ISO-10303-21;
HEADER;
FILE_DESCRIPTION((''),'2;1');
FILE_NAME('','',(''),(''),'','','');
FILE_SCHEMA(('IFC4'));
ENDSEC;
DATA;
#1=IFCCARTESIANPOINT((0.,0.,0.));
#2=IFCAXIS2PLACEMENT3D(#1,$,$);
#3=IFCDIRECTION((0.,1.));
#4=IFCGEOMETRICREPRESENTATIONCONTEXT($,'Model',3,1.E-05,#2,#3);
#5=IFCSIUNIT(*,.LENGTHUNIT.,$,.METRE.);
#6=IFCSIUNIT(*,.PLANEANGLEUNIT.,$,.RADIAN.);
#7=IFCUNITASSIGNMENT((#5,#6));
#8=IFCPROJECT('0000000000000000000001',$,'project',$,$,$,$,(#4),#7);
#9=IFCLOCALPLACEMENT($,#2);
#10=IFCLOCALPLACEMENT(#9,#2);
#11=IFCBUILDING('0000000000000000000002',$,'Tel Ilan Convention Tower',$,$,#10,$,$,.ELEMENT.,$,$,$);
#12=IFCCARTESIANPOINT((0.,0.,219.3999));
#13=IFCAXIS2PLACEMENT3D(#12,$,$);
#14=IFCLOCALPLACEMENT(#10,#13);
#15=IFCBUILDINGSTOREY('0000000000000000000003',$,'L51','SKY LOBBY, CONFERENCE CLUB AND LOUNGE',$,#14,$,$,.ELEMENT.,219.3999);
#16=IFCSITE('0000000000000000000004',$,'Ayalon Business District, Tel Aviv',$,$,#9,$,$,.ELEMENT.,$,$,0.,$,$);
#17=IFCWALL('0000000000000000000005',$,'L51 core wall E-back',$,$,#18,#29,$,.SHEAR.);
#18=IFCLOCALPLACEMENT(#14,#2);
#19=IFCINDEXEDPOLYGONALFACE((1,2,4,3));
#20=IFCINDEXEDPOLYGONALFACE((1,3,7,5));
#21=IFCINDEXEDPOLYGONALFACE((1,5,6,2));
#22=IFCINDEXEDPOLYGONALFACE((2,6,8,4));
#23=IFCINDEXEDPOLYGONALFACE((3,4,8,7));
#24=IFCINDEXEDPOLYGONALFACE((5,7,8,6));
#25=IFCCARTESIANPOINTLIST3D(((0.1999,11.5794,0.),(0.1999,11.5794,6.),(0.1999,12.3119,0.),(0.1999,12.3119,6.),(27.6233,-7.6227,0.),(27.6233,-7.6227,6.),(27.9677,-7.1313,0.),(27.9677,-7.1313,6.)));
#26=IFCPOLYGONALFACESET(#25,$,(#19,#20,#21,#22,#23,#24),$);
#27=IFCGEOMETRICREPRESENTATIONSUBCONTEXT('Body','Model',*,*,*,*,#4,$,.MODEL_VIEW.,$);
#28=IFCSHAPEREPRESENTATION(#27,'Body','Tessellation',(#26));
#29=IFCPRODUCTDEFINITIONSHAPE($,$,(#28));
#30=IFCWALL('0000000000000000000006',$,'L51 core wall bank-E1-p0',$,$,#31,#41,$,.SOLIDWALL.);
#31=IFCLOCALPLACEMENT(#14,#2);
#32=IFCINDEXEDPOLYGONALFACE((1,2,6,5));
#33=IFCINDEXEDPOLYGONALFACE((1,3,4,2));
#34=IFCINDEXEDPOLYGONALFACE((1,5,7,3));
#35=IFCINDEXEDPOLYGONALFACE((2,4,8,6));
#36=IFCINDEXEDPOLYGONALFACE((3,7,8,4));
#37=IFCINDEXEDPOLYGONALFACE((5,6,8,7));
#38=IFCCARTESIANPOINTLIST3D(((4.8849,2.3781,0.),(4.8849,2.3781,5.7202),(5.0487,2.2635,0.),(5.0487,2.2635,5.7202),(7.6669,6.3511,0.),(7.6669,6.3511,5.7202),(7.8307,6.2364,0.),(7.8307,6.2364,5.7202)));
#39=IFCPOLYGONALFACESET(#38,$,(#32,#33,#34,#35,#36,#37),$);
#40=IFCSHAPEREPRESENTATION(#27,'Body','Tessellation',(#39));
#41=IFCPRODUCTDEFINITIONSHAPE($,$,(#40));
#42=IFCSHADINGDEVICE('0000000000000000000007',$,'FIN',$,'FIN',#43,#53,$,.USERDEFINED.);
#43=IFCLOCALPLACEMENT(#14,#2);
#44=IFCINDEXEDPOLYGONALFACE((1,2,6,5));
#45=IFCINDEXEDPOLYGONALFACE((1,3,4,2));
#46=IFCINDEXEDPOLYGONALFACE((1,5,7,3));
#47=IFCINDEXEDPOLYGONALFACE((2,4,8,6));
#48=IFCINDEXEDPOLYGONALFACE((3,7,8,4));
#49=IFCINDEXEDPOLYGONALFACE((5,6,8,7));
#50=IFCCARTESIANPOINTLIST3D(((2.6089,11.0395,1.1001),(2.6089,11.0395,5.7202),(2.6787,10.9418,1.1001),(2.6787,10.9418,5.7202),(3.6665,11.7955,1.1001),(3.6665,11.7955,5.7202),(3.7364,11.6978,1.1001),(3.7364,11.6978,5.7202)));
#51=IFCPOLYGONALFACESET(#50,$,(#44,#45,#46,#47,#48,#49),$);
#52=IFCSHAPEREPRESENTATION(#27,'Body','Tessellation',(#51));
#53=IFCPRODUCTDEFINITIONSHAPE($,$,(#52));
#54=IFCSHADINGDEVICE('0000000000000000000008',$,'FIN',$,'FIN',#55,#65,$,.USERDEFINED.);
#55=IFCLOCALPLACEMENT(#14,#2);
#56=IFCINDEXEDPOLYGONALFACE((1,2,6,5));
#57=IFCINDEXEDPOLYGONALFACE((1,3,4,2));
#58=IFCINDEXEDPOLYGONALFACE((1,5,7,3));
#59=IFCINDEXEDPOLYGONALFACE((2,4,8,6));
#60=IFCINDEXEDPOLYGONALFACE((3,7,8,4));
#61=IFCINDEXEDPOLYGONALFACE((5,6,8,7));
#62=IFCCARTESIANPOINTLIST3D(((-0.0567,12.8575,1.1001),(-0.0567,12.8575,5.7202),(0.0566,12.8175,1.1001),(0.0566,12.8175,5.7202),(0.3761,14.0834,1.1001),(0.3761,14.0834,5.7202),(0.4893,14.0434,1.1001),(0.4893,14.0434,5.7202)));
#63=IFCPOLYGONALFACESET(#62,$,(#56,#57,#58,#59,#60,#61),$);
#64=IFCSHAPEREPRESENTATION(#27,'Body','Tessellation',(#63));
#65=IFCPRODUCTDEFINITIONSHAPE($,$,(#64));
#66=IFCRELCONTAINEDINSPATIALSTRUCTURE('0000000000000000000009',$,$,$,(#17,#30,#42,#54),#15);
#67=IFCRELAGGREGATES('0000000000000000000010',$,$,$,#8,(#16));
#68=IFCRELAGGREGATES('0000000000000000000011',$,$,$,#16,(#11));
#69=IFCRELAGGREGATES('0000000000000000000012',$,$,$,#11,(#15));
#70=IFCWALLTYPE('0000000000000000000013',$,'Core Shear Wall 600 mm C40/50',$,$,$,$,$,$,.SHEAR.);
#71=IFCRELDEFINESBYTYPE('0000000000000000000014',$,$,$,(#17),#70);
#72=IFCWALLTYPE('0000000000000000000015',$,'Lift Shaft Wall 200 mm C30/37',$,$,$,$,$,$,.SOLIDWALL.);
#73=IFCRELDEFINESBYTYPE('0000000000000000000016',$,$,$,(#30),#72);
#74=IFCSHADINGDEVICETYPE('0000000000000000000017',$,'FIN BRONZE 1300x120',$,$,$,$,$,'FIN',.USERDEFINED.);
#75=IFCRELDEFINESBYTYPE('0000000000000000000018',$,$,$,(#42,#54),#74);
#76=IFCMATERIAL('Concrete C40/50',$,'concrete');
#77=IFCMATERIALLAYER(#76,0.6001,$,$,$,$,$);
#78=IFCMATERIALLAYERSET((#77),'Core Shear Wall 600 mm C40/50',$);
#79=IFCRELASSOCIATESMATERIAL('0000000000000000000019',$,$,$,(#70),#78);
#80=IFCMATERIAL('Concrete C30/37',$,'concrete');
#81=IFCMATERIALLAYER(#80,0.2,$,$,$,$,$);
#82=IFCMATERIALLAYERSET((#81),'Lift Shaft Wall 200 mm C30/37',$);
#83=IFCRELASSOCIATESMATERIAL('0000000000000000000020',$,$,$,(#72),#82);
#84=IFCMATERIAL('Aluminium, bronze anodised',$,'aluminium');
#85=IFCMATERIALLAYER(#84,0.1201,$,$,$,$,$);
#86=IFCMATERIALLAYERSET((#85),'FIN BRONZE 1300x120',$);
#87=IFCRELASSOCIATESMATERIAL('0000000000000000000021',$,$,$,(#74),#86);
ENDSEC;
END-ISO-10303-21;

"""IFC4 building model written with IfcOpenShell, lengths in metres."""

from ifc_helpers import new_model, si_unit, direction, frame, frame_2d, origin, origin_2d, place, context, subcontext, project, spatial, polyline, rectangle, outline, extrude, material, layer, layer_set, type_object, element, save


model = new_model("IFC4")

# Units and contexts
model_context = context("Model", 3, precision=1e-05, world=origin(), true_north=direction((0.0, 1.0)))
body_context = subcontext(model_context, "Body", "Model", "MODEL_VIEW")
ifc_project = project(units=[si_unit("LENGTHUNIT", "METRE"), si_unit("PLANEANGLEUNIT", "RADIAN")], contexts=[model_context])

# Site, building, storey
site_placement = place(None, origin())
site = spatial("IfcSite", under=ifc_project, at=site_placement, Name="Ayalon Business District, Tel Aviv", CompositionType="ELEMENT", RefElevation=0.0)
building_placement = place(site_placement, origin())
building = spatial("IfcBuilding", under=site, at=building_placement, Name="Tel Ilan Convention Tower", CompositionType="ELEMENT")
storey_placement = place(building_placement, frame((0.0, 0.0, 219.3999)))
storey = spatial("IfcBuildingStorey", under=building, at=storey_placement, Name="L51", Description="SKY LOBBY, CONFERENCE CLUB AND LOUNGE", CompositionType="ELEMENT", Elevation=219.3999)

# Walls
ifc_material_1 = material(Name="Concrete C40/50", Category="concrete")
ifc_layer_1 = layer(ifc_material_1, 0.6001)
ifc_layer_set_1 = layer_set([ifc_layer_1], Name="Core Shear Wall 600 mm C40/50")
wall_type_1 = type_object("IfcWallType", Name="Core Shear Wall 600 mm C40/50", PredefinedType="SHEAR", material=ifc_layer_set_1)
wall_1_placement = place(storey_placement, frame((0.0278, 12.0662, 0.0), z_axis=(0.0, 0.0, 1.0), x_axis=(0.819151, -0.573577, 0.0)))
element("IfcWall", 1, at=wall_1_placement, inside=storey, type_object=wall_type_1, Name="L51 core wall E-back", PredefinedType="SHEAR", context=body_context, shape_type="SweptSolid", body=[
    extrude(outline(polyline([(33.8982, 0.3), (0.0, 0.3), (0.4202, -0.3), (33.8979, -0.3), (33.8982, 0.3)])), origin(), (0.0, 0.0, 1.0), 6.0),
])
ifc_material_2 = material(Name="Concrete C30/37", Category="concrete")
ifc_layer_2 = layer(ifc_material_2, 0.2)
ifc_layer_set_2 = layer_set([ifc_layer_2], Name="Lift Shaft Wall 200 mm C30/37")
wall_type_2 = type_object("IfcWallType", Name="Lift Shaft Wall 200 mm C30/37", PredefinedType="SOLIDWALL", material=ifc_layer_set_2)
wall_2_placement = place(storey_placement, frame((4.9668, 2.3208, 0.0), z_axis=(0.0, 0.0, 1.0), x_axis=(0.573594, 0.81914, 0.0)))
element("IfcWall", 2, at=wall_2_placement, inside=storey, type_object=wall_type_2, Name="L51 core wall bank-E1-p0", PredefinedType="SOLIDWALL", context=body_context, shape_type="SweptSolid", body=[
    extrude(rectangle(XDim=4.8501, YDim=0.2, at=frame_2d((2.425, 0.0))), origin(), (0.0, 0.0, 1.0), 5.7202),
])

# Shading devices
ifc_material_3 = material(Name="Aluminium, bronze anodised", Category="aluminium")
ifc_layer_3 = layer(ifc_material_3, 0.1201)
ifc_layer_set_3 = layer_set([ifc_layer_3], Name="FIN BRONZE 1300x120")
shading_device_type_1 = type_object("IfcShadingDeviceType", Name="FIN BRONZE 1300x120", ElementType="FIN", PredefinedType="USERDEFINED", material=ifc_layer_set_3)
for number, where, z_axis, x_axis, name in (
    (3, (3.1726, 11.3687, 1.1001), (0.0, 0.0, 1.0), (0.813552, 0.581492, 0.0), "FIN"),
    (4, (0.2163, 13.4504, 1.1001), (0.0, 0.0, 1.0), (0.332893, 0.942965, 0.0), "FIN"),
):
    element("IfcShadingDevice", number, at=place(storey_placement, frame(where, z_axis=z_axis, x_axis=x_axis)), inside=storey, type_object=shading_device_type_1, Name=name, ObjectType="FIN", PredefinedType="USERDEFINED", context=body_context, shape_type="SweptSolid", body=[
        extrude(rectangle(XDim=1.3, YDim=0.1201, at=origin_2d()), origin(), (0.0, 0.0, 1.0), 4.6201),
    ])

save(model, "model.ifc")
